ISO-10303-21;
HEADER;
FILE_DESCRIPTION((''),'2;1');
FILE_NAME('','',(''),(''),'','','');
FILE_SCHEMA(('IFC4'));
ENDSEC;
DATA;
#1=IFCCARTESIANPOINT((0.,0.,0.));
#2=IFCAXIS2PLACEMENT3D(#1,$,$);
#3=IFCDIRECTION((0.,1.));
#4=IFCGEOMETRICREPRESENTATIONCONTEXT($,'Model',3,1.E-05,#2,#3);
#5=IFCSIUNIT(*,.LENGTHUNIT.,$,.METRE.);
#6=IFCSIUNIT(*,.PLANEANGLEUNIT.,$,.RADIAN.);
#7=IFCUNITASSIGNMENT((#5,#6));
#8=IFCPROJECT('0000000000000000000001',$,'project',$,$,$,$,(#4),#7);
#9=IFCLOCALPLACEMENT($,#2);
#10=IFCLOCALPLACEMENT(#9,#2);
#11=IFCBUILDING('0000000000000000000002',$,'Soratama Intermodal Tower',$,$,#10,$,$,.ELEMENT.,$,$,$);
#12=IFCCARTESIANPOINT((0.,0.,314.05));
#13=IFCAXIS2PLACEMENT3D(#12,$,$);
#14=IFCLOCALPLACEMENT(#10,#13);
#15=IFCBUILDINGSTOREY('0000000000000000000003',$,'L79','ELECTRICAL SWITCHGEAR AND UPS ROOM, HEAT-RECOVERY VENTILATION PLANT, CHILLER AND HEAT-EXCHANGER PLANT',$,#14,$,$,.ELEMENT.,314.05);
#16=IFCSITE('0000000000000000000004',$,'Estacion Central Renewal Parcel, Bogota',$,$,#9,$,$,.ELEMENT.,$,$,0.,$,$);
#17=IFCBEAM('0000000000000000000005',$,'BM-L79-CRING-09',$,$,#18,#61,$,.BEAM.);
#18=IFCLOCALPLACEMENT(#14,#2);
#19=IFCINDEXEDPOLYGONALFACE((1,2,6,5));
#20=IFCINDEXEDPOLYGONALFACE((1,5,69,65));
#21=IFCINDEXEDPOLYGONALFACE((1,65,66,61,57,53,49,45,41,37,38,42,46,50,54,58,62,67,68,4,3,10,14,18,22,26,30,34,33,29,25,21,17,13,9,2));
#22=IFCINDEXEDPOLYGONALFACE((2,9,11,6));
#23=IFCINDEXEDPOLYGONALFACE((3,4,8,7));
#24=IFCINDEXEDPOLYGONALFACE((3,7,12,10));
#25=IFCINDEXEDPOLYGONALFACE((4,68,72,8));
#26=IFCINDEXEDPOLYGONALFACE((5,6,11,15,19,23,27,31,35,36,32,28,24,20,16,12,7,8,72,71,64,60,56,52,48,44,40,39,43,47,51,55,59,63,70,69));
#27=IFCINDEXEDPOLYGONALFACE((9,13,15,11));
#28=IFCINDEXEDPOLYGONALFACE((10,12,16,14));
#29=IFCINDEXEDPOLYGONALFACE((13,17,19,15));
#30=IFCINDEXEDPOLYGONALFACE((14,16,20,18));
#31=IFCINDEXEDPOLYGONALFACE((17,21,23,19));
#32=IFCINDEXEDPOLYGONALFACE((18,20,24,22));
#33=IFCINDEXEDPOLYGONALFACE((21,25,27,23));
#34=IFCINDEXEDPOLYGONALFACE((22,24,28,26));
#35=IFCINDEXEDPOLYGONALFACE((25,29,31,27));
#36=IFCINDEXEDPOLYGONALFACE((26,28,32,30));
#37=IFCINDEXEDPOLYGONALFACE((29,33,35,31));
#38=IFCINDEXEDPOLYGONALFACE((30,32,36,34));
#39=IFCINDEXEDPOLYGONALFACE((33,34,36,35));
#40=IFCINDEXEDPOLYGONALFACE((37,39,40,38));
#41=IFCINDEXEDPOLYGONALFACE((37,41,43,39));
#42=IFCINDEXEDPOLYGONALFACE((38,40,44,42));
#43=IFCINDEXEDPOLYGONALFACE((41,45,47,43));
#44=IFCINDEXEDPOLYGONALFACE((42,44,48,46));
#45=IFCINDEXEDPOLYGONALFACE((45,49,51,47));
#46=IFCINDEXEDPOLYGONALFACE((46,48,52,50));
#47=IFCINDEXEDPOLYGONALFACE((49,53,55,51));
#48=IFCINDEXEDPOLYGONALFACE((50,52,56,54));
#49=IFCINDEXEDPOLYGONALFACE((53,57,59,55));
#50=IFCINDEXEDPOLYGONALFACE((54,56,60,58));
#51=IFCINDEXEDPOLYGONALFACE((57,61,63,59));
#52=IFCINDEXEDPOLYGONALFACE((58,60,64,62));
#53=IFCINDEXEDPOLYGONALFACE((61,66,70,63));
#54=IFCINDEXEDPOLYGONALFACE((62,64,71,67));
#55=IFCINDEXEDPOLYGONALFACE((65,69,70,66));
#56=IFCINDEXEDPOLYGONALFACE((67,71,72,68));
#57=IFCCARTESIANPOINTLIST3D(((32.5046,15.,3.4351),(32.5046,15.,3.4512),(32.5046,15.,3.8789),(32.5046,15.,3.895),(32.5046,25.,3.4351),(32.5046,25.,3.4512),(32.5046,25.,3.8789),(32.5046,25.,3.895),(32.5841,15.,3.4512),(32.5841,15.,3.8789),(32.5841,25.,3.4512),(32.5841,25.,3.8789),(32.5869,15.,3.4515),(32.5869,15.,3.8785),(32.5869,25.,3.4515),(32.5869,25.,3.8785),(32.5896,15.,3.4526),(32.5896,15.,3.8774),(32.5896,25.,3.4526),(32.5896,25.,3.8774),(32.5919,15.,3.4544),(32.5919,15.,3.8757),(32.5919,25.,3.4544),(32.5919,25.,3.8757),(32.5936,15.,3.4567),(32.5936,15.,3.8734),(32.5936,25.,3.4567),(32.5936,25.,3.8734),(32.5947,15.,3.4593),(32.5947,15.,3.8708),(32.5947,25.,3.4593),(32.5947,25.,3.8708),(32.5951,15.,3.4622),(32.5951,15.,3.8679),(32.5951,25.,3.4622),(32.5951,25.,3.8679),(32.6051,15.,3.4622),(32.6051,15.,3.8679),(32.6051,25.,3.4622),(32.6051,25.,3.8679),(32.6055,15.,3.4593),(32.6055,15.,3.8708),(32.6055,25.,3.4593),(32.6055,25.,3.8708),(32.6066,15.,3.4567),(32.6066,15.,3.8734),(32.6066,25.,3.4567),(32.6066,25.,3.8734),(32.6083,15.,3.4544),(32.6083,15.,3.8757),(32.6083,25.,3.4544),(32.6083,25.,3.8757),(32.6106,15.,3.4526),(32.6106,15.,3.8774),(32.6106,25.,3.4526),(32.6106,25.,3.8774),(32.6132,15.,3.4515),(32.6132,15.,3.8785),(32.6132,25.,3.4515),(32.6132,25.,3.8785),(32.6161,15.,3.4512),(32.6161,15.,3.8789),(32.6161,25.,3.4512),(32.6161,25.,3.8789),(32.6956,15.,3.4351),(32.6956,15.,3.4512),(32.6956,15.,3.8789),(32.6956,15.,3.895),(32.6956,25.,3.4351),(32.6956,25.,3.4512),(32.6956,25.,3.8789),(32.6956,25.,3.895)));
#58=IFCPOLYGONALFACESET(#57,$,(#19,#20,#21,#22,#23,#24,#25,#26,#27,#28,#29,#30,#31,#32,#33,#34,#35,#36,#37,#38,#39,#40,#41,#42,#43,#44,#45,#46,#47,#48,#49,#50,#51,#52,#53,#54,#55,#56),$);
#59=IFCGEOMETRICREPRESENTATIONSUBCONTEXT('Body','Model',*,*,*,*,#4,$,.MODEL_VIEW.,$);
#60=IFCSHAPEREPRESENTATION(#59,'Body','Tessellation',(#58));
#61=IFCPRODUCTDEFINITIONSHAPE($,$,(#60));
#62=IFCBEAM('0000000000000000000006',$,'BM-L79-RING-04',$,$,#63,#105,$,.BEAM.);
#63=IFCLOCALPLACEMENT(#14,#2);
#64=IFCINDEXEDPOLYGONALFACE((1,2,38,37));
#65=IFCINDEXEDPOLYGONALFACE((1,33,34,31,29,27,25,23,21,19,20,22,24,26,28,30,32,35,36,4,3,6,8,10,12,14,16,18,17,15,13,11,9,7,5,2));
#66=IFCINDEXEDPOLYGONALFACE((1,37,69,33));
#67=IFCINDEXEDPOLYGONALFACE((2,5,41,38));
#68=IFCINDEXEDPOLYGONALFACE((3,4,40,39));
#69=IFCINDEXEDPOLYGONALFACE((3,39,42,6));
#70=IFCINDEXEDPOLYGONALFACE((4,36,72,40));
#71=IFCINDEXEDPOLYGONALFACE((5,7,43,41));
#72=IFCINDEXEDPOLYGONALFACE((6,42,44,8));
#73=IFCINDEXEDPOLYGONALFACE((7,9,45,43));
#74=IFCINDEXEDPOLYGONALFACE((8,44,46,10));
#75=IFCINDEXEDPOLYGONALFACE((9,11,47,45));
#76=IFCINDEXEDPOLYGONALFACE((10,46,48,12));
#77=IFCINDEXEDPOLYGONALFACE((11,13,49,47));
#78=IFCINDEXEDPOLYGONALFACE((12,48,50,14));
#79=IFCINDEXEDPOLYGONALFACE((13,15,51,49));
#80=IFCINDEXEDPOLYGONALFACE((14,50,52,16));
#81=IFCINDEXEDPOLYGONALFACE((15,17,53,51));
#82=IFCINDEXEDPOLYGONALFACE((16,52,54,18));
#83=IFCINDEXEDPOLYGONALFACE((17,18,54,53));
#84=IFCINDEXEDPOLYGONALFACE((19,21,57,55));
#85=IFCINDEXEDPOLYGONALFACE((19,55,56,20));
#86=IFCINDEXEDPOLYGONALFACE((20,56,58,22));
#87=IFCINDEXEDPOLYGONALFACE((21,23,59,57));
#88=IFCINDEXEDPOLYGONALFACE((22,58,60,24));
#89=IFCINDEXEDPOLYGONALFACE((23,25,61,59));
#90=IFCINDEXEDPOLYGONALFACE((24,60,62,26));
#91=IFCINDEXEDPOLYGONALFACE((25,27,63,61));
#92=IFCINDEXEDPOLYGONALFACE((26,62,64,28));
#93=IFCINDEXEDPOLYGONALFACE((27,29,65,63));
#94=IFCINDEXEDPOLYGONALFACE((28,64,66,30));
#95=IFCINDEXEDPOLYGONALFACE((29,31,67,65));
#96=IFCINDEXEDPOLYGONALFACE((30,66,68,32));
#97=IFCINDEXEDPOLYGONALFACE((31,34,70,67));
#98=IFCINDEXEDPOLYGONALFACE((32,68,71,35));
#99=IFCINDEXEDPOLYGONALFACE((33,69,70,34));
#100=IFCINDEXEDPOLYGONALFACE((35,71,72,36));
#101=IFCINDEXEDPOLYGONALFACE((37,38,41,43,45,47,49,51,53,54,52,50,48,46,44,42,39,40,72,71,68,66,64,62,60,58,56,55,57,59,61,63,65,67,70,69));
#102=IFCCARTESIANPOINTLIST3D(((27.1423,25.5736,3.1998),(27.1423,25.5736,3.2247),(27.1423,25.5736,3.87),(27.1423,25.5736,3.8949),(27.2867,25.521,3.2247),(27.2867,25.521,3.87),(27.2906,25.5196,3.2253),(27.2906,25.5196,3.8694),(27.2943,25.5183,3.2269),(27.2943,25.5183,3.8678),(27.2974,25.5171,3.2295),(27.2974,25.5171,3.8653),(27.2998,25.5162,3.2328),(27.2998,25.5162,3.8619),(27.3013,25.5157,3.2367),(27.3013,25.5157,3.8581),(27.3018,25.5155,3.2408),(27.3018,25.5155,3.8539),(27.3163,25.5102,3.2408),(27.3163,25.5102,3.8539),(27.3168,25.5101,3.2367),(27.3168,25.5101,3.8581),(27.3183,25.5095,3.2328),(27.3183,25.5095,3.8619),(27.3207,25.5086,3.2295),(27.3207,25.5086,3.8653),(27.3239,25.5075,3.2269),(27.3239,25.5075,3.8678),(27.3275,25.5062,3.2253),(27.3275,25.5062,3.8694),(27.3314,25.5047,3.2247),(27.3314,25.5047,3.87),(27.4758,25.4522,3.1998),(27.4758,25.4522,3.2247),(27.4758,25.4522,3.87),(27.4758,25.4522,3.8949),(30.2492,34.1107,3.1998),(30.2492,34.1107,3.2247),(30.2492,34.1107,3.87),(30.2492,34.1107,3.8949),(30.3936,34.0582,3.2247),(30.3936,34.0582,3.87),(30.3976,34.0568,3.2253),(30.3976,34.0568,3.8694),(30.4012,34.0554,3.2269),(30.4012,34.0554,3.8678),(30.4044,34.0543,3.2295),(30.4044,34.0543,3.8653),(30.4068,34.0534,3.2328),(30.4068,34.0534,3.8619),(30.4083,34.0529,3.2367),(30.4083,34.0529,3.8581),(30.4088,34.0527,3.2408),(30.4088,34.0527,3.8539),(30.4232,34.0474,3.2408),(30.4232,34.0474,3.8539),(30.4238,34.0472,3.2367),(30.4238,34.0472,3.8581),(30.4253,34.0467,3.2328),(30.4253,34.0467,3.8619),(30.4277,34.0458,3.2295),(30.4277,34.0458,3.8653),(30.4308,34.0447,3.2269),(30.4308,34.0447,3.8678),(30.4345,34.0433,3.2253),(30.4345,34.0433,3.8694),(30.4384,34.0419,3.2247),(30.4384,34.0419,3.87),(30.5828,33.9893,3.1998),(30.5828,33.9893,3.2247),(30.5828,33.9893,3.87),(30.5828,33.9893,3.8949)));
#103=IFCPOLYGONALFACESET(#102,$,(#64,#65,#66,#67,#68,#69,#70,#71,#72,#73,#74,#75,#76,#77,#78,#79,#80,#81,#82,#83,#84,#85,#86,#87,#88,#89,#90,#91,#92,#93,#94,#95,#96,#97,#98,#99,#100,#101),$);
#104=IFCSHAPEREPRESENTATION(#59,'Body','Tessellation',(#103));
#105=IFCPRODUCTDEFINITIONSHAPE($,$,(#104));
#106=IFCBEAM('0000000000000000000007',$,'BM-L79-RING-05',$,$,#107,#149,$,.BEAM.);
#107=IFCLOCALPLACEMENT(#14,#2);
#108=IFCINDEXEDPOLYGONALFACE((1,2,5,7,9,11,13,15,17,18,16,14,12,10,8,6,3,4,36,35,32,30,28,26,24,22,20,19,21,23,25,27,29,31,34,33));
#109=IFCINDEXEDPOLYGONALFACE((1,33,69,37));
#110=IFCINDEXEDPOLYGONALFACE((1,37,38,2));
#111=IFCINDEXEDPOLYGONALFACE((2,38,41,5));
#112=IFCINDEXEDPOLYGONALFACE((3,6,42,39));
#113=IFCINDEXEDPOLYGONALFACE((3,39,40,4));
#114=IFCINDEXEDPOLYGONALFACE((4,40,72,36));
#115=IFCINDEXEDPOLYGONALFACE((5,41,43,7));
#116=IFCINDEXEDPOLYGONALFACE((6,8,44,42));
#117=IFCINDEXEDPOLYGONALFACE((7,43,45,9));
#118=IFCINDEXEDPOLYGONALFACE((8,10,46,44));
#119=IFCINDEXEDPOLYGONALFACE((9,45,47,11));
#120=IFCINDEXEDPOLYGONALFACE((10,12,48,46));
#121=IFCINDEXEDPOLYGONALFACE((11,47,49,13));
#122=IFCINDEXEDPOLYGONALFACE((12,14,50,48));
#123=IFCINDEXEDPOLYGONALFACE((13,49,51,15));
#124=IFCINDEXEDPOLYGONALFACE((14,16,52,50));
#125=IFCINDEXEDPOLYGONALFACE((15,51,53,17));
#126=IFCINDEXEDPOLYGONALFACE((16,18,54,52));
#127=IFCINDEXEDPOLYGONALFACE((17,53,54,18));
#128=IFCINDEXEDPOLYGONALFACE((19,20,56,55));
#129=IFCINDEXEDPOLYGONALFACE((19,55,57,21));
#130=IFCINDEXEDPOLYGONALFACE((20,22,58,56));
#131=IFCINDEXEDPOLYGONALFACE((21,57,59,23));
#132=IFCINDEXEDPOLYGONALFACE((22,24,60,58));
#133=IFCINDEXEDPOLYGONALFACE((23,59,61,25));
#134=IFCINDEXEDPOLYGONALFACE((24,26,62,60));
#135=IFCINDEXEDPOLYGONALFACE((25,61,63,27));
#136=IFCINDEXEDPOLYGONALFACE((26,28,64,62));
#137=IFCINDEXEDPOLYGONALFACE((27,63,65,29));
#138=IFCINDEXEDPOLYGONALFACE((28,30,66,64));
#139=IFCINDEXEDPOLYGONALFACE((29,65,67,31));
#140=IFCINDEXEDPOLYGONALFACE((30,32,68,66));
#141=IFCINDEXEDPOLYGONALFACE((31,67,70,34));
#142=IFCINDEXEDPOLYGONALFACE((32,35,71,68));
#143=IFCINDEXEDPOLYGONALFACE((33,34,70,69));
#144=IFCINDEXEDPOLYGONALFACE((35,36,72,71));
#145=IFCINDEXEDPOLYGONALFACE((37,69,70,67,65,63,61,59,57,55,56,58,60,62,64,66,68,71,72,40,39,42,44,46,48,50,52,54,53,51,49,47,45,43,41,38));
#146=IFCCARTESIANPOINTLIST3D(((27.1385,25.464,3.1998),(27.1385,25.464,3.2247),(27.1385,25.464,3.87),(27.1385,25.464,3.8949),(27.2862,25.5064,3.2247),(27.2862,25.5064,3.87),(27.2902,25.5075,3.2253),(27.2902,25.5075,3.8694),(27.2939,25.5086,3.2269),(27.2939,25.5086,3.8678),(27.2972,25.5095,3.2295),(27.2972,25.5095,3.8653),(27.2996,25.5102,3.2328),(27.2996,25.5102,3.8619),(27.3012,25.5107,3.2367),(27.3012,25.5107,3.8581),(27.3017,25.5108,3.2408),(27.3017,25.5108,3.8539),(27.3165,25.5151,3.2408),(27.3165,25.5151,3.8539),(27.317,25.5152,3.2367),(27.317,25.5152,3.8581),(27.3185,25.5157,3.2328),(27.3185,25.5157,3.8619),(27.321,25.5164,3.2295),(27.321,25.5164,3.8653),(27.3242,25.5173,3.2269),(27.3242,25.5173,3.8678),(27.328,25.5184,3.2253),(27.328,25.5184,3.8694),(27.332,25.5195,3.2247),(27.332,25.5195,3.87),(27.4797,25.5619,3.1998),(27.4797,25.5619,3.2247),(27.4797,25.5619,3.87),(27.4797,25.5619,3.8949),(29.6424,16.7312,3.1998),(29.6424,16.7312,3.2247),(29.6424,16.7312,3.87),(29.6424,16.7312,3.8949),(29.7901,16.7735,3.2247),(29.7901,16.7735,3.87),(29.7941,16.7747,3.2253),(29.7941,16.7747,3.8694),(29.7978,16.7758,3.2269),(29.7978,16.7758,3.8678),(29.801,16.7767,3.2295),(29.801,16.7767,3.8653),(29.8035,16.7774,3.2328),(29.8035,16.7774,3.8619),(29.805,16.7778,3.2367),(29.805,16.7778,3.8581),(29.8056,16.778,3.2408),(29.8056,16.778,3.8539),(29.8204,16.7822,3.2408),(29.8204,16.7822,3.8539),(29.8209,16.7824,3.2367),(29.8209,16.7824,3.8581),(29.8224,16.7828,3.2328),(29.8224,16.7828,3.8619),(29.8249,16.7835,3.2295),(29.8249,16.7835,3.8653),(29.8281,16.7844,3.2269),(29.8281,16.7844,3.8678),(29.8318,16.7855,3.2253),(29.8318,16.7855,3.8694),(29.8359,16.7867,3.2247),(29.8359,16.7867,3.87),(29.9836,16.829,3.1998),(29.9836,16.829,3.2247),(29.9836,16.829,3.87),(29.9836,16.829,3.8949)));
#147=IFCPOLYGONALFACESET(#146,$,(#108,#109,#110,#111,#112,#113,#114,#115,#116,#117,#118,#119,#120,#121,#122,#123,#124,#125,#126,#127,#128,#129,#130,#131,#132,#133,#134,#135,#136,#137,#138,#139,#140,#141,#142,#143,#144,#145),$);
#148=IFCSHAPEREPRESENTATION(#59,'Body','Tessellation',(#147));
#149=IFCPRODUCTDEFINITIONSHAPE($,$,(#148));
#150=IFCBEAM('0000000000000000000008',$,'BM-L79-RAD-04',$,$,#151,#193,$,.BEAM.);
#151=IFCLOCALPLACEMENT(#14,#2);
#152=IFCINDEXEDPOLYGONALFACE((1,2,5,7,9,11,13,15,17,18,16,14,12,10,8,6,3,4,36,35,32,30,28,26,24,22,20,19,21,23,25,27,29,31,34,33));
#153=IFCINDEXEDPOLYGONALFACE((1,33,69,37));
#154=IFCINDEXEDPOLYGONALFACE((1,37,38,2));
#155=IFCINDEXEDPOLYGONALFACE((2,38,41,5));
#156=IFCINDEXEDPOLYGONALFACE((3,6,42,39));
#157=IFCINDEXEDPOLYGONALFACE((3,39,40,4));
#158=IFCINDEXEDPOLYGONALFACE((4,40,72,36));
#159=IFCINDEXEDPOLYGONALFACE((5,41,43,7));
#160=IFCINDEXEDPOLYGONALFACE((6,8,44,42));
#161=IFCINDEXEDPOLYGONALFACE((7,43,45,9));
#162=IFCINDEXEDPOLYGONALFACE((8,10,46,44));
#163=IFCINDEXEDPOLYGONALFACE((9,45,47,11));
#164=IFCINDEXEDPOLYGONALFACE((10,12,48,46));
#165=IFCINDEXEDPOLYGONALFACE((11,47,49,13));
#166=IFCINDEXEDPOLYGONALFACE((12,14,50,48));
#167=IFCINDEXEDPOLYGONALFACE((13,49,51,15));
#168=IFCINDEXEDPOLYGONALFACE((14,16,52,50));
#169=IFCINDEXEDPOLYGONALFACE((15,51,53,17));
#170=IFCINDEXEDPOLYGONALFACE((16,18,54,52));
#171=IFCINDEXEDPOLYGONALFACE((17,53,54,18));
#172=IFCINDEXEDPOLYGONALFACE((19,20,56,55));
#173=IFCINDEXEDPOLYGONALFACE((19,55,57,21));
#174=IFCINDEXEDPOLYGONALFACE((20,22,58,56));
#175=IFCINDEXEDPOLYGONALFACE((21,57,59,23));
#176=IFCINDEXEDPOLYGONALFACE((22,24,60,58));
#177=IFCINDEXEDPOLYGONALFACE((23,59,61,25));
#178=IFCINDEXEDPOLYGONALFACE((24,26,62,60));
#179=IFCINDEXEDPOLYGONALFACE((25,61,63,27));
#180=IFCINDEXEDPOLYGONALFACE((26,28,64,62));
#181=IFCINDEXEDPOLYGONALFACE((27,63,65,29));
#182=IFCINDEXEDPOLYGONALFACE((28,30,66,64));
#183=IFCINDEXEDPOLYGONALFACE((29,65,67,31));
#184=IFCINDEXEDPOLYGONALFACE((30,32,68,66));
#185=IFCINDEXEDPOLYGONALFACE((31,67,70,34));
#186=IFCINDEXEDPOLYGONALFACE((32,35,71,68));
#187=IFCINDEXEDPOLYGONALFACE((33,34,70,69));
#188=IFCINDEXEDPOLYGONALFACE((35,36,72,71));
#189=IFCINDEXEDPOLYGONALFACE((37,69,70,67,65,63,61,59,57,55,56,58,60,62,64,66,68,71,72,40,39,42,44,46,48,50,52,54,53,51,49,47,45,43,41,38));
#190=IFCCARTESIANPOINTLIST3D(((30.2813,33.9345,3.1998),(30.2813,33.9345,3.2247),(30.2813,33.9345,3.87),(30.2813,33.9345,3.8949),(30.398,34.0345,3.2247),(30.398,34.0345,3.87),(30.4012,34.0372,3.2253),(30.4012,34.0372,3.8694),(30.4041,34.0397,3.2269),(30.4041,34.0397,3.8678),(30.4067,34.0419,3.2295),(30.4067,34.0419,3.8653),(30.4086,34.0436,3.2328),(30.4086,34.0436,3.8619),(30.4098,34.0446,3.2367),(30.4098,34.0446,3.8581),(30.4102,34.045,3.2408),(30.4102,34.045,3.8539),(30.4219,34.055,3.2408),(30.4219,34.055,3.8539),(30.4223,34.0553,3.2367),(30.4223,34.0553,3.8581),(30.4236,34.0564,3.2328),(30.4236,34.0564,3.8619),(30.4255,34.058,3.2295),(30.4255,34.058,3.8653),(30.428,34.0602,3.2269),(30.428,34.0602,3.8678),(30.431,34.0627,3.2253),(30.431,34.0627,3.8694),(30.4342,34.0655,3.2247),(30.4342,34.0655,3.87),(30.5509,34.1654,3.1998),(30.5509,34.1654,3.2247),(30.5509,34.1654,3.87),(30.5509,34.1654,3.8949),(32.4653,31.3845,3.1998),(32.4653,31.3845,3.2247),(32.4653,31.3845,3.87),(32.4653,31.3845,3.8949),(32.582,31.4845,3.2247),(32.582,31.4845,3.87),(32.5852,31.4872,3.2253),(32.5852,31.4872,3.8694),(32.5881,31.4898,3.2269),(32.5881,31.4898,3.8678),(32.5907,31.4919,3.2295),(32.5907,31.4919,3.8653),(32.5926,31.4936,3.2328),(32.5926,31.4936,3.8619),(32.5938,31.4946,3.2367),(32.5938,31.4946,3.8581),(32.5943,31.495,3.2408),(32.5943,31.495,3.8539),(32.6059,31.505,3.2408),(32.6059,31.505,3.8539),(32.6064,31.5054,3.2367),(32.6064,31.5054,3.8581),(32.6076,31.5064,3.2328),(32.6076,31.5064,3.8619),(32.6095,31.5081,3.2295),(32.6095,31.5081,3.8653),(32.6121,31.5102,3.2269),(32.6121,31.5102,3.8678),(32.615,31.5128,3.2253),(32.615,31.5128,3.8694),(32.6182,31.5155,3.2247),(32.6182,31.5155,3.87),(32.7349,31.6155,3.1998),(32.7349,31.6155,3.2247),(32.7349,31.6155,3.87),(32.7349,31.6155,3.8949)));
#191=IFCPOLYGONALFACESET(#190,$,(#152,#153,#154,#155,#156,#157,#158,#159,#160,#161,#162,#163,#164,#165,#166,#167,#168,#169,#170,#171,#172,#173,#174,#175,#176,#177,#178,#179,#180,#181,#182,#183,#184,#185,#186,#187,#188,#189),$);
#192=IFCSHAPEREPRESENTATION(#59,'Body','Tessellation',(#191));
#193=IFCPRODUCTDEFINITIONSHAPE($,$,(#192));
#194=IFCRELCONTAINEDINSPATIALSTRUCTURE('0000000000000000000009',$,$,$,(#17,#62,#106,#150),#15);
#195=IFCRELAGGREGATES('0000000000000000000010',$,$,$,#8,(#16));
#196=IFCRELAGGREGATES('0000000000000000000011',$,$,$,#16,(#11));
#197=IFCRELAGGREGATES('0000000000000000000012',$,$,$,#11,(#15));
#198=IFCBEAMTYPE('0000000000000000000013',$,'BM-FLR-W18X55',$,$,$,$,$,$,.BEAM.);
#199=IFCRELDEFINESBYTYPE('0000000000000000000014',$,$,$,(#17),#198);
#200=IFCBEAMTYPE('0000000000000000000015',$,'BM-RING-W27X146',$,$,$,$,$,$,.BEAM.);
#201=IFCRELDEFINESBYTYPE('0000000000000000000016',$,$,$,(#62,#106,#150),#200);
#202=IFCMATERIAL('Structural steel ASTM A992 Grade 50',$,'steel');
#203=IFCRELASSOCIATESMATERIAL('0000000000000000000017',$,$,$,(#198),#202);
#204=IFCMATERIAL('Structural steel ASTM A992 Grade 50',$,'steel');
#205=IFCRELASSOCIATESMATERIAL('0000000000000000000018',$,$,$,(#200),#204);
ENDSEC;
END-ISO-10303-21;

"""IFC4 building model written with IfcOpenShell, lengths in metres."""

from ifc_helpers import new_model, si_unit, direction, frame, origin, origin_2d, place, context, subcontext, project, spatial, i_section, extrude, material, material_profile, profile_set, type_object, element, save


model = new_model("IFC4")

# Units and contexts
model_context = context("Model", 3, precision=1e-05, world=origin(), true_north=direction((0.0, 1.0)))
body_context = subcontext(model_context, "Body", "Model", "MODEL_VIEW")
ifc_project = project(units=[si_unit("LENGTHUNIT", "METRE"), si_unit("PLANEANGLEUNIT", "RADIAN")], contexts=[model_context])

# Site, building, storey
site_placement = place(None, origin())
site = spatial("IfcSite", under=ifc_project, at=site_placement, Name="Estacion Central Renewal Parcel, Bogota", CompositionType="ELEMENT", RefElevation=0.0)
building_placement = place(site_placement, origin())
building = spatial("IfcBuilding", under=site, at=building_placement, Name="Soratama Intermodal Tower", CompositionType="ELEMENT")
storey_placement = place(building_placement, frame((0.0, 0.0, 314.05)))
storey = spatial("IfcBuildingStorey", under=building, at=storey_placement, Name="L79", Description="ELECTRICAL SWITCHGEAR AND UPS ROOM, HEAT-RECOVERY VENTILATION PLANT, CHILLER AND HEAT-EXCHANGER PLANT", CompositionType="ELEMENT", Elevation=314.05)

# Beams
ifc_material_1 = material(Name="Structural steel ASTM A992 Grade 50", Category="steel")
ifc_material_profile_1 = material_profile(ifc_material_1, i_section(OverallWidth=0.1909, OverallDepth=0.46, WebThickness=0.01, FlangeThickness=0.0161, FilletRadius=0.011, at=origin_2d()), Name="W18X55")
ifc_profile_set_1 = profile_set([ifc_material_profile_1], Name="Structural steel ASTM A992 Grade 50")
beam_type_1 = type_object("IfcBeamType", Name="BM-FLR-W18X55", PredefinedType="BEAM", material=ifc_profile_set_1)
for number, where, z_axis, x_axis, name in (
    (1, (32.6001, 25.0, 3.665), (0.0, -1.0, 0.0), (1.0, 0.0, 0.0), "BM-L79-CRING-09"),
):
    element("IfcBeam", number, at=place(storey_placement, frame(where, z_axis=z_axis, x_axis=x_axis)), inside=storey, type_object=beam_type_1, Name=name, PredefinedType="BEAM", context=body_context, shape_type="SweptSolid", body=[
        extrude(i_section(OverallWidth=0.1909, OverallDepth=0.46, WebThickness=0.01, FlangeThickness=0.0161, FilletRadius=0.011, at=origin_2d()), origin(), (0.0, 0.0, 1.0), 10.0),
    ])
ifc_material_2 = material(Name="Structural steel ASTM A992 Grade 50", Category="steel")
ifc_material_profile_2 = material_profile(ifc_material_2, i_section(OverallWidth=0.355, OverallDepth=0.6951, WebThickness=0.0154, FlangeThickness=0.0249, FilletRadius=0.0161, at=origin_2d()), Name="W27X146")
ifc_profile_set_2 = profile_set([ifc_material_profile_2], Name="Structural steel ASTM A992 Grade 50")
beam_type_2 = type_object("IfcBeamType", Name="BM-RING-W27X146", PredefinedType="BEAM", material=ifc_profile_set_2)
beam_1_placement = place(storey_placement, frame((30.416, 34.05, 3.5474), z_axis=(-0.341989, -0.939704, 0.0), x_axis=(0.939704, -0.341989, 0.0)))
element("IfcBeam", 2, at=beam_1_placement, inside=storey, type_object=beam_type_2, Name="BM-L79-RING-04", PredefinedType="BEAM", context=body_context, shape_type="SweptSolid", body=[
    extrude(i_section(OverallWidth=0.355, OverallDepth=0.6951, WebThickness=0.0154, FlangeThickness=0.0249, FilletRadius=0.0161, at=origin_2d()), origin(), (0.0, 0.0, 1.0), 9.085),
])
beam_2_placement = place(storey_placement, frame((27.3091, 25.5129, 3.5474), z_axis=(0.275615, -0.961268, 0.0), x_axis=(0.961268, 0.275615, 0.0)))
element("IfcBeam", 3, at=beam_2_placement, inside=storey, type_object=beam_type_2, Name="BM-L79-RING-05", PredefinedType="BEAM", context=body_context, shape_type="SweptSolid", body=[
    extrude(i_section(OverallWidth=0.355, OverallDepth=0.6951, WebThickness=0.0154, FlangeThickness=0.0249, FilletRadius=0.0161, at=origin_2d()), origin(), (0.0, 0.0, 1.0), 9.0847),
])
beam_3_placement = place(storey_placement, frame((32.6001, 31.5, 3.5474), z_axis=(-0.650504, 0.759503, 0.0), x_axis=(-0.759503, -0.650504, 0.0)))
element("IfcBeam", 4, at=beam_3_placement, inside=storey, type_object=beam_type_2, Name="BM-L79-RAD-04", PredefinedType="BEAM", context=body_context, shape_type="SweptSolid", body=[
    extrude(i_section(OverallWidth=0.355, OverallDepth=0.6951, WebThickness=0.0154, FlangeThickness=0.0249, FilletRadius=0.0161, at=origin_2d()), origin(), (0.0, 0.0, 1.0), 3.3574),
])

save(model, "model.ifc")
